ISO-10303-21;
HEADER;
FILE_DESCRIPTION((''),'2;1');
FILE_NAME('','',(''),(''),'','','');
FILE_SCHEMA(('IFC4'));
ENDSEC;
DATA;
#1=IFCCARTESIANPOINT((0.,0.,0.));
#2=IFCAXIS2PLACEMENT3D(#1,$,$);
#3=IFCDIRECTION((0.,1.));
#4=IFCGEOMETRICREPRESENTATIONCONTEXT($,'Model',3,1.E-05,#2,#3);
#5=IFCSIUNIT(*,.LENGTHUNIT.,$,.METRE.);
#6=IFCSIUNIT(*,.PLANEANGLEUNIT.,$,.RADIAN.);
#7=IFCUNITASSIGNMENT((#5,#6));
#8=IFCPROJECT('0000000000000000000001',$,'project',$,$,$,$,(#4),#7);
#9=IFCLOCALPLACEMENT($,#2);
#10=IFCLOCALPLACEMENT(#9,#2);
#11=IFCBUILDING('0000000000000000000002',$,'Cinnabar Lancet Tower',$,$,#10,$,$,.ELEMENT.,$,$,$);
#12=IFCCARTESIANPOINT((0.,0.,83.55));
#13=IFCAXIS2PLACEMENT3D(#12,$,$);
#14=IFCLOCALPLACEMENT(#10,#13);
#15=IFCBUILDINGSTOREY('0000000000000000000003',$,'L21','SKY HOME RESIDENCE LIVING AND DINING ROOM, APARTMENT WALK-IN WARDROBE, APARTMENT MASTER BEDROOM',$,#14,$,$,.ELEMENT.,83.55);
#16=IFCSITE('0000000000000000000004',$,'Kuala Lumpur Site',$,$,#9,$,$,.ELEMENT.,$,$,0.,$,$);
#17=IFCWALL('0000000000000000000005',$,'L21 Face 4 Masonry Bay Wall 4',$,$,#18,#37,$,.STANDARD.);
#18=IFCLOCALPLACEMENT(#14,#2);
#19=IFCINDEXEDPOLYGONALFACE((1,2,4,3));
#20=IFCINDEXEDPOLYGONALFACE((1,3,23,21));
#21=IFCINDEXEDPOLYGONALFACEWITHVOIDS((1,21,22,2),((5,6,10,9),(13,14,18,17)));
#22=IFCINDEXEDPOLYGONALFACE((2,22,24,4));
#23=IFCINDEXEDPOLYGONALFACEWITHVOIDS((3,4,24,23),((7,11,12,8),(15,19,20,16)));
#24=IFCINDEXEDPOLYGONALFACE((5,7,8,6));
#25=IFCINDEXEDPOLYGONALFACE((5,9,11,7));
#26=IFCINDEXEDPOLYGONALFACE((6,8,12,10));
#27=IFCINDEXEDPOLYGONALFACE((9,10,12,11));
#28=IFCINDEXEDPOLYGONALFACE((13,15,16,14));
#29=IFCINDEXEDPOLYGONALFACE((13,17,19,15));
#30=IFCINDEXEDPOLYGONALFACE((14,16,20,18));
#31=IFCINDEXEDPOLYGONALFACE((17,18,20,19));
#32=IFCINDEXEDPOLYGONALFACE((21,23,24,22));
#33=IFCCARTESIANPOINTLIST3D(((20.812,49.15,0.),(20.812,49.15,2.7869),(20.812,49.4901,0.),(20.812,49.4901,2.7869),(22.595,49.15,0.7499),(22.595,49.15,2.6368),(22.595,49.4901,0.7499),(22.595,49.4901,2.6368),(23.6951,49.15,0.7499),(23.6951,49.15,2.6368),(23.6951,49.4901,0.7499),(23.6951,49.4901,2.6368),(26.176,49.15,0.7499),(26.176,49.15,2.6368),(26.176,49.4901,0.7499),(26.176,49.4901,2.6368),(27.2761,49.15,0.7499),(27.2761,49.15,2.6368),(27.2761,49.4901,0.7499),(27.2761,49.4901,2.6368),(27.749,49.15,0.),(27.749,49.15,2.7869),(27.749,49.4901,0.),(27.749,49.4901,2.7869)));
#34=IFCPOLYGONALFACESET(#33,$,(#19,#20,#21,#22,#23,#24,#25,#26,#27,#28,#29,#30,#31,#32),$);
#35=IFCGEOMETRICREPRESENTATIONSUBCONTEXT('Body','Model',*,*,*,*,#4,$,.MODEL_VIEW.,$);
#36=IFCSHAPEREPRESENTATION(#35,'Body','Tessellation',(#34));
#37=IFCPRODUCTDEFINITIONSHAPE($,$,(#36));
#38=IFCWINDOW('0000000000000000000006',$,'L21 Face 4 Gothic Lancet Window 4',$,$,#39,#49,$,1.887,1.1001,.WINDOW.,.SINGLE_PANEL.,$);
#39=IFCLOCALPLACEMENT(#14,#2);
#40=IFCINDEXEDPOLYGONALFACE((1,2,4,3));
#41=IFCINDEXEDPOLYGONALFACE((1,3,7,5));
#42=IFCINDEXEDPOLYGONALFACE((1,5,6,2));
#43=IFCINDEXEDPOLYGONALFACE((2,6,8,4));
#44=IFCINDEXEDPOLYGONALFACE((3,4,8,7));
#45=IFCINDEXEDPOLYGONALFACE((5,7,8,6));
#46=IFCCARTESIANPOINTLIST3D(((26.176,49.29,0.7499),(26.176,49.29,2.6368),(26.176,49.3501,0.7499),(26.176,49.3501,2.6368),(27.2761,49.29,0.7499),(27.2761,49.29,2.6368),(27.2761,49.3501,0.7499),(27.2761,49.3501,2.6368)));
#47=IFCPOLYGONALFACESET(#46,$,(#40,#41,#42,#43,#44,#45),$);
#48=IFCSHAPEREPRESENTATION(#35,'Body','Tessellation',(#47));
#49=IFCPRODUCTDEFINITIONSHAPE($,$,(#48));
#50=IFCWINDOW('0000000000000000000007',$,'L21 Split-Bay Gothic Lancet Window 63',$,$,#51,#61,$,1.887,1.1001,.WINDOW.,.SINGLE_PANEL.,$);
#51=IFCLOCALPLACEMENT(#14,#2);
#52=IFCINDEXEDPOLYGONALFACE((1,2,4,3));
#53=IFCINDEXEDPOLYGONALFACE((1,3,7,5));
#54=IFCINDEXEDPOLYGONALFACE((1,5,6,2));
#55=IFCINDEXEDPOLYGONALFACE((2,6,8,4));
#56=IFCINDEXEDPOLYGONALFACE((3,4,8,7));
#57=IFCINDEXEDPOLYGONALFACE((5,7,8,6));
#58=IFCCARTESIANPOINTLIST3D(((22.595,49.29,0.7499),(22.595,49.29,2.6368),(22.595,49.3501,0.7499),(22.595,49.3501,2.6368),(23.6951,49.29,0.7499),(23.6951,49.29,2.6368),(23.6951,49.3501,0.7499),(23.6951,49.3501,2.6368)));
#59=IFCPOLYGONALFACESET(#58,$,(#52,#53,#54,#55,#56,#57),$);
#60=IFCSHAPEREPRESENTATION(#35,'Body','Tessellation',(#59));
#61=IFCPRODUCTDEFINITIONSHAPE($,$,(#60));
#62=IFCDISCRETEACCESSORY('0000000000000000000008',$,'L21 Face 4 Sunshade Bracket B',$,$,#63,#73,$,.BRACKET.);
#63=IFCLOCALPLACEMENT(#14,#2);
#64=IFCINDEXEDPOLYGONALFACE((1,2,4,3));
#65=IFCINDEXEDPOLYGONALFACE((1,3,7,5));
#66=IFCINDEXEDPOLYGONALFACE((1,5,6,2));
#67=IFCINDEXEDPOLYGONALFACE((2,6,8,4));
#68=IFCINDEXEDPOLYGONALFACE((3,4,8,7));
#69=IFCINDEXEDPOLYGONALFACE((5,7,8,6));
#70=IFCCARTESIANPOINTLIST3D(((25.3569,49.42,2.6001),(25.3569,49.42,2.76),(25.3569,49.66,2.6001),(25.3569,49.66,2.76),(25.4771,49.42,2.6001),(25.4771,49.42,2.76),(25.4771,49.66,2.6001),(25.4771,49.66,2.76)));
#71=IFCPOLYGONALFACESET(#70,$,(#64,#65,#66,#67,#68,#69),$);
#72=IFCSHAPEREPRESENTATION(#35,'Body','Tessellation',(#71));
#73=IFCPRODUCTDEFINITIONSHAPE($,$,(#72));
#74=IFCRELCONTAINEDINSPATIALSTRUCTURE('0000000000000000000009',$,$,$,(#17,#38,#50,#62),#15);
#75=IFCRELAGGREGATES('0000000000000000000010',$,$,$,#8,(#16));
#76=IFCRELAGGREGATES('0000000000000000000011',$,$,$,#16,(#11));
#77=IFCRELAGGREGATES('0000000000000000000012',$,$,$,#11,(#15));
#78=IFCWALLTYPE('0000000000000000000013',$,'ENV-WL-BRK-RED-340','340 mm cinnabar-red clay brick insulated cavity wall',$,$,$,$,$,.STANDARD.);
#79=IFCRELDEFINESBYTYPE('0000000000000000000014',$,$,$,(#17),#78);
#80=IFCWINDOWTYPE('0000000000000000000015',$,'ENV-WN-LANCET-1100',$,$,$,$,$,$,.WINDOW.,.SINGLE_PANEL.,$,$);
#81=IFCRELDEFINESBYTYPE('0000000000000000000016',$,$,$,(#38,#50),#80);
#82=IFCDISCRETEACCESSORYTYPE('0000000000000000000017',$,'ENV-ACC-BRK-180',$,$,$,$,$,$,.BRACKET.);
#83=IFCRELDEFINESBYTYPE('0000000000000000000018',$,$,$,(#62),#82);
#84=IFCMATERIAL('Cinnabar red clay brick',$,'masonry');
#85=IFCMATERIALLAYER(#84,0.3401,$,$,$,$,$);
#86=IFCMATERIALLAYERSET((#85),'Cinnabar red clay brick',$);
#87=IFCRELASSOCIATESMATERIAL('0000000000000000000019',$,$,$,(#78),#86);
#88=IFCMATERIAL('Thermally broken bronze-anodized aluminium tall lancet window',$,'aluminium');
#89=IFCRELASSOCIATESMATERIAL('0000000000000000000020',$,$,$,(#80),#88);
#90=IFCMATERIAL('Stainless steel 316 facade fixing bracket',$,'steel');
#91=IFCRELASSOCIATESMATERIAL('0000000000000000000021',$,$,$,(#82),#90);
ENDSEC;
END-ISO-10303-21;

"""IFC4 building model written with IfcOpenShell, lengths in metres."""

from ifc_helpers import new_model, si_unit, direction, frame, frame_2d, origin, origin_2d, place, context, subcontext, project, spatial, rectangle, extrude, material, layer, layer_set, type_object, element, fill, save


model = new_model("IFC4")

# Units and contexts
model_context = context("Model", 3, precision=1e-05, world=origin(), true_north=direction((0.0, 1.0)))
body_context = subcontext(model_context, "Body", "Model", "MODEL_VIEW")
ifc_project = project(units=[si_unit("LENGTHUNIT", "METRE"), si_unit("PLANEANGLEUNIT", "RADIAN")], contexts=[model_context])

# Site, building, storey
site_placement = place(None, origin())
site = spatial("IfcSite", under=ifc_project, at=site_placement, Name="Kuala Lumpur Site", CompositionType="ELEMENT", RefElevation=0.0)
building_placement = place(site_placement, origin())
building = spatial("IfcBuilding", under=site, at=building_placement, Name="Cinnabar Lancet Tower", CompositionType="ELEMENT")
storey_placement = place(building_placement, frame((0.0, 0.0, 83.55)))
storey = spatial("IfcBuildingStorey", under=building, at=storey_placement, Name="L21", Description="SKY HOME RESIDENCE LIVING AND DINING ROOM, APARTMENT WALK-IN WARDROBE, APARTMENT MASTER BEDROOM", CompositionType="ELEMENT", Elevation=83.55)

# Wall, openings, windows
ifc_material_1 = material(Name="Cinnabar red clay brick", Category="masonry")
ifc_layer_1 = layer(ifc_material_1, 0.3401)
ifc_layer_set_1 = layer_set([ifc_layer_1], Name="Cinnabar red clay brick")
wall_type_1 = type_object("IfcWallType", Name="ENV-WL-BRK-RED-340", Description="340 mm cinnabar-red clay brick insulated cavity wall", PredefinedType="STANDARD", material=ifc_layer_set_1)
wall_1_placement = place(storey_placement, frame((27.749, 49.3201, 0.0), z_axis=(0.0, 0.0, 1.0), x_axis=(-1.0, 0.0, 0.0)))
wall_1 = element("IfcWall", 1, at=wall_1_placement, inside=storey, type_object=wall_type_1, Name="L21 Face 4 Masonry Bay Wall 4", PredefinedType="STANDARD", context=body_context, shape_type="SweptSolid", body=[
    extrude(rectangle(XDim=6.937, YDim=0.3401, at=frame_2d((3.4685, 0.0))), origin(), (0.0, 0.0, 1.0), 2.7869),
])
opening_1_placement = place(wall_1_placement, frame((0.4729, 0.0, 0.75)))
opening_1 = element("IfcOpeningElement", 2, at=opening_1_placement, cuts=wall_1, PredefinedType="OPENING", context=body_context, shape_type="SweptSolid", body=[
    extrude(rectangle(XDim=1.1001, YDim=1.887, at=frame_2d((0.55, 0.9434))), frame((0.0, 0.1799, 0.0), z_axis=(0.0, -1.0, 0.0), x_axis=(1.0, 0.0, 0.0)), (0.0, 0.0, 1.0), 0.3601),
])
opening_2_placement = place(wall_1_placement, frame((4.054, 0.0, 0.75)))
opening_2 = element("IfcOpeningElement", 3, at=opening_2_placement, cuts=wall_1, PredefinedType="OPENING", context=body_context, shape_type="SweptSolid", body=[
    extrude(rectangle(XDim=1.1001, YDim=1.887, at=frame_2d((0.55, 0.9434))), frame((0.0, 0.1799, 0.0), z_axis=(0.0, -1.0, 0.0), x_axis=(1.0, 0.0, 0.0)), (0.0, 0.0, 1.0), 0.3601),
])
ifc_material_2 = material(Name="Thermally broken bronze-anodized aluminium tall lancet window", Category="aluminium")
window_type = type_object("IfcWindowType", Name="ENV-WN-LANCET-1100", PartitioningType="SINGLE_PANEL", PredefinedType="WINDOW", material=ifc_material_2)
window_1_placement = place(opening_1_placement, origin())
window_1 = element("IfcWindow", 4, at=window_1_placement, inside=storey, type_object=window_type, Name="L21 Face 4 Gothic Lancet Window 4", OverallHeight=1.887, OverallWidth=1.1001, PartitioningType="SINGLE_PANEL", PredefinedType="WINDOW", context=body_context, shape_type="SweptSolid", body=[
    extrude(rectangle(XDim=1.1001, YDim=1.887, at=frame_2d((0.55, 0.9434))), frame((0.0, 0.03, 0.0), z_axis=(0.0, -1.0, 0.0), x_axis=(1.0, 0.0, 0.0)), (0.0, 0.0, 1.0), 0.0601),
])
fill(opening_1, window_1)
window_2_placement = place(opening_2_placement, origin())
window_2 = element("IfcWindow", 5, at=window_2_placement, inside=storey, type_object=window_type, Name="L21 Split-Bay Gothic Lancet Window 63", OverallHeight=1.887, OverallWidth=1.1001, PartitioningType="SINGLE_PANEL", PredefinedType="WINDOW", context=body_context, shape_type="SweptSolid", body=[
    extrude(rectangle(XDim=1.1001, YDim=1.887, at=frame_2d((0.55, 0.9434))), frame((0.0, 0.03, 0.0), z_axis=(0.0, -1.0, 0.0), x_axis=(1.0, 0.0, 0.0)), (0.0, 0.0, 1.0), 0.0601),
])
fill(opening_2, window_2)

# Discrete accessory
ifc_material_3 = material(Name="Stainless steel 316 facade fixing bracket", Category="steel")
discrete_accessory_type = type_object("IfcDiscreteAccessoryType", Name="ENV-ACC-BRK-180", PredefinedType="BRACKET", material=ifc_material_3)
discrete_accessory_placement = place(storey_placement, frame((25.417, 49.54, 2.6001), z_axis=(0.0, 0.0, 1.0), x_axis=(-1.0, 0.0, 0.0)))
element("IfcDiscreteAccessory", 6, at=discrete_accessory_placement, inside=storey, type_object=discrete_accessory_type, Name="L21 Face 4 Sunshade Bracket B", PredefinedType="BRACKET", context=body_context, shape_type="SweptSolid", body=[
    extrude(rectangle(XDim=0.1201, YDim=0.24, at=origin_2d()), origin(), (0.0, 0.0, 1.0), 0.1599),
])

save(model, "model.ifc")
